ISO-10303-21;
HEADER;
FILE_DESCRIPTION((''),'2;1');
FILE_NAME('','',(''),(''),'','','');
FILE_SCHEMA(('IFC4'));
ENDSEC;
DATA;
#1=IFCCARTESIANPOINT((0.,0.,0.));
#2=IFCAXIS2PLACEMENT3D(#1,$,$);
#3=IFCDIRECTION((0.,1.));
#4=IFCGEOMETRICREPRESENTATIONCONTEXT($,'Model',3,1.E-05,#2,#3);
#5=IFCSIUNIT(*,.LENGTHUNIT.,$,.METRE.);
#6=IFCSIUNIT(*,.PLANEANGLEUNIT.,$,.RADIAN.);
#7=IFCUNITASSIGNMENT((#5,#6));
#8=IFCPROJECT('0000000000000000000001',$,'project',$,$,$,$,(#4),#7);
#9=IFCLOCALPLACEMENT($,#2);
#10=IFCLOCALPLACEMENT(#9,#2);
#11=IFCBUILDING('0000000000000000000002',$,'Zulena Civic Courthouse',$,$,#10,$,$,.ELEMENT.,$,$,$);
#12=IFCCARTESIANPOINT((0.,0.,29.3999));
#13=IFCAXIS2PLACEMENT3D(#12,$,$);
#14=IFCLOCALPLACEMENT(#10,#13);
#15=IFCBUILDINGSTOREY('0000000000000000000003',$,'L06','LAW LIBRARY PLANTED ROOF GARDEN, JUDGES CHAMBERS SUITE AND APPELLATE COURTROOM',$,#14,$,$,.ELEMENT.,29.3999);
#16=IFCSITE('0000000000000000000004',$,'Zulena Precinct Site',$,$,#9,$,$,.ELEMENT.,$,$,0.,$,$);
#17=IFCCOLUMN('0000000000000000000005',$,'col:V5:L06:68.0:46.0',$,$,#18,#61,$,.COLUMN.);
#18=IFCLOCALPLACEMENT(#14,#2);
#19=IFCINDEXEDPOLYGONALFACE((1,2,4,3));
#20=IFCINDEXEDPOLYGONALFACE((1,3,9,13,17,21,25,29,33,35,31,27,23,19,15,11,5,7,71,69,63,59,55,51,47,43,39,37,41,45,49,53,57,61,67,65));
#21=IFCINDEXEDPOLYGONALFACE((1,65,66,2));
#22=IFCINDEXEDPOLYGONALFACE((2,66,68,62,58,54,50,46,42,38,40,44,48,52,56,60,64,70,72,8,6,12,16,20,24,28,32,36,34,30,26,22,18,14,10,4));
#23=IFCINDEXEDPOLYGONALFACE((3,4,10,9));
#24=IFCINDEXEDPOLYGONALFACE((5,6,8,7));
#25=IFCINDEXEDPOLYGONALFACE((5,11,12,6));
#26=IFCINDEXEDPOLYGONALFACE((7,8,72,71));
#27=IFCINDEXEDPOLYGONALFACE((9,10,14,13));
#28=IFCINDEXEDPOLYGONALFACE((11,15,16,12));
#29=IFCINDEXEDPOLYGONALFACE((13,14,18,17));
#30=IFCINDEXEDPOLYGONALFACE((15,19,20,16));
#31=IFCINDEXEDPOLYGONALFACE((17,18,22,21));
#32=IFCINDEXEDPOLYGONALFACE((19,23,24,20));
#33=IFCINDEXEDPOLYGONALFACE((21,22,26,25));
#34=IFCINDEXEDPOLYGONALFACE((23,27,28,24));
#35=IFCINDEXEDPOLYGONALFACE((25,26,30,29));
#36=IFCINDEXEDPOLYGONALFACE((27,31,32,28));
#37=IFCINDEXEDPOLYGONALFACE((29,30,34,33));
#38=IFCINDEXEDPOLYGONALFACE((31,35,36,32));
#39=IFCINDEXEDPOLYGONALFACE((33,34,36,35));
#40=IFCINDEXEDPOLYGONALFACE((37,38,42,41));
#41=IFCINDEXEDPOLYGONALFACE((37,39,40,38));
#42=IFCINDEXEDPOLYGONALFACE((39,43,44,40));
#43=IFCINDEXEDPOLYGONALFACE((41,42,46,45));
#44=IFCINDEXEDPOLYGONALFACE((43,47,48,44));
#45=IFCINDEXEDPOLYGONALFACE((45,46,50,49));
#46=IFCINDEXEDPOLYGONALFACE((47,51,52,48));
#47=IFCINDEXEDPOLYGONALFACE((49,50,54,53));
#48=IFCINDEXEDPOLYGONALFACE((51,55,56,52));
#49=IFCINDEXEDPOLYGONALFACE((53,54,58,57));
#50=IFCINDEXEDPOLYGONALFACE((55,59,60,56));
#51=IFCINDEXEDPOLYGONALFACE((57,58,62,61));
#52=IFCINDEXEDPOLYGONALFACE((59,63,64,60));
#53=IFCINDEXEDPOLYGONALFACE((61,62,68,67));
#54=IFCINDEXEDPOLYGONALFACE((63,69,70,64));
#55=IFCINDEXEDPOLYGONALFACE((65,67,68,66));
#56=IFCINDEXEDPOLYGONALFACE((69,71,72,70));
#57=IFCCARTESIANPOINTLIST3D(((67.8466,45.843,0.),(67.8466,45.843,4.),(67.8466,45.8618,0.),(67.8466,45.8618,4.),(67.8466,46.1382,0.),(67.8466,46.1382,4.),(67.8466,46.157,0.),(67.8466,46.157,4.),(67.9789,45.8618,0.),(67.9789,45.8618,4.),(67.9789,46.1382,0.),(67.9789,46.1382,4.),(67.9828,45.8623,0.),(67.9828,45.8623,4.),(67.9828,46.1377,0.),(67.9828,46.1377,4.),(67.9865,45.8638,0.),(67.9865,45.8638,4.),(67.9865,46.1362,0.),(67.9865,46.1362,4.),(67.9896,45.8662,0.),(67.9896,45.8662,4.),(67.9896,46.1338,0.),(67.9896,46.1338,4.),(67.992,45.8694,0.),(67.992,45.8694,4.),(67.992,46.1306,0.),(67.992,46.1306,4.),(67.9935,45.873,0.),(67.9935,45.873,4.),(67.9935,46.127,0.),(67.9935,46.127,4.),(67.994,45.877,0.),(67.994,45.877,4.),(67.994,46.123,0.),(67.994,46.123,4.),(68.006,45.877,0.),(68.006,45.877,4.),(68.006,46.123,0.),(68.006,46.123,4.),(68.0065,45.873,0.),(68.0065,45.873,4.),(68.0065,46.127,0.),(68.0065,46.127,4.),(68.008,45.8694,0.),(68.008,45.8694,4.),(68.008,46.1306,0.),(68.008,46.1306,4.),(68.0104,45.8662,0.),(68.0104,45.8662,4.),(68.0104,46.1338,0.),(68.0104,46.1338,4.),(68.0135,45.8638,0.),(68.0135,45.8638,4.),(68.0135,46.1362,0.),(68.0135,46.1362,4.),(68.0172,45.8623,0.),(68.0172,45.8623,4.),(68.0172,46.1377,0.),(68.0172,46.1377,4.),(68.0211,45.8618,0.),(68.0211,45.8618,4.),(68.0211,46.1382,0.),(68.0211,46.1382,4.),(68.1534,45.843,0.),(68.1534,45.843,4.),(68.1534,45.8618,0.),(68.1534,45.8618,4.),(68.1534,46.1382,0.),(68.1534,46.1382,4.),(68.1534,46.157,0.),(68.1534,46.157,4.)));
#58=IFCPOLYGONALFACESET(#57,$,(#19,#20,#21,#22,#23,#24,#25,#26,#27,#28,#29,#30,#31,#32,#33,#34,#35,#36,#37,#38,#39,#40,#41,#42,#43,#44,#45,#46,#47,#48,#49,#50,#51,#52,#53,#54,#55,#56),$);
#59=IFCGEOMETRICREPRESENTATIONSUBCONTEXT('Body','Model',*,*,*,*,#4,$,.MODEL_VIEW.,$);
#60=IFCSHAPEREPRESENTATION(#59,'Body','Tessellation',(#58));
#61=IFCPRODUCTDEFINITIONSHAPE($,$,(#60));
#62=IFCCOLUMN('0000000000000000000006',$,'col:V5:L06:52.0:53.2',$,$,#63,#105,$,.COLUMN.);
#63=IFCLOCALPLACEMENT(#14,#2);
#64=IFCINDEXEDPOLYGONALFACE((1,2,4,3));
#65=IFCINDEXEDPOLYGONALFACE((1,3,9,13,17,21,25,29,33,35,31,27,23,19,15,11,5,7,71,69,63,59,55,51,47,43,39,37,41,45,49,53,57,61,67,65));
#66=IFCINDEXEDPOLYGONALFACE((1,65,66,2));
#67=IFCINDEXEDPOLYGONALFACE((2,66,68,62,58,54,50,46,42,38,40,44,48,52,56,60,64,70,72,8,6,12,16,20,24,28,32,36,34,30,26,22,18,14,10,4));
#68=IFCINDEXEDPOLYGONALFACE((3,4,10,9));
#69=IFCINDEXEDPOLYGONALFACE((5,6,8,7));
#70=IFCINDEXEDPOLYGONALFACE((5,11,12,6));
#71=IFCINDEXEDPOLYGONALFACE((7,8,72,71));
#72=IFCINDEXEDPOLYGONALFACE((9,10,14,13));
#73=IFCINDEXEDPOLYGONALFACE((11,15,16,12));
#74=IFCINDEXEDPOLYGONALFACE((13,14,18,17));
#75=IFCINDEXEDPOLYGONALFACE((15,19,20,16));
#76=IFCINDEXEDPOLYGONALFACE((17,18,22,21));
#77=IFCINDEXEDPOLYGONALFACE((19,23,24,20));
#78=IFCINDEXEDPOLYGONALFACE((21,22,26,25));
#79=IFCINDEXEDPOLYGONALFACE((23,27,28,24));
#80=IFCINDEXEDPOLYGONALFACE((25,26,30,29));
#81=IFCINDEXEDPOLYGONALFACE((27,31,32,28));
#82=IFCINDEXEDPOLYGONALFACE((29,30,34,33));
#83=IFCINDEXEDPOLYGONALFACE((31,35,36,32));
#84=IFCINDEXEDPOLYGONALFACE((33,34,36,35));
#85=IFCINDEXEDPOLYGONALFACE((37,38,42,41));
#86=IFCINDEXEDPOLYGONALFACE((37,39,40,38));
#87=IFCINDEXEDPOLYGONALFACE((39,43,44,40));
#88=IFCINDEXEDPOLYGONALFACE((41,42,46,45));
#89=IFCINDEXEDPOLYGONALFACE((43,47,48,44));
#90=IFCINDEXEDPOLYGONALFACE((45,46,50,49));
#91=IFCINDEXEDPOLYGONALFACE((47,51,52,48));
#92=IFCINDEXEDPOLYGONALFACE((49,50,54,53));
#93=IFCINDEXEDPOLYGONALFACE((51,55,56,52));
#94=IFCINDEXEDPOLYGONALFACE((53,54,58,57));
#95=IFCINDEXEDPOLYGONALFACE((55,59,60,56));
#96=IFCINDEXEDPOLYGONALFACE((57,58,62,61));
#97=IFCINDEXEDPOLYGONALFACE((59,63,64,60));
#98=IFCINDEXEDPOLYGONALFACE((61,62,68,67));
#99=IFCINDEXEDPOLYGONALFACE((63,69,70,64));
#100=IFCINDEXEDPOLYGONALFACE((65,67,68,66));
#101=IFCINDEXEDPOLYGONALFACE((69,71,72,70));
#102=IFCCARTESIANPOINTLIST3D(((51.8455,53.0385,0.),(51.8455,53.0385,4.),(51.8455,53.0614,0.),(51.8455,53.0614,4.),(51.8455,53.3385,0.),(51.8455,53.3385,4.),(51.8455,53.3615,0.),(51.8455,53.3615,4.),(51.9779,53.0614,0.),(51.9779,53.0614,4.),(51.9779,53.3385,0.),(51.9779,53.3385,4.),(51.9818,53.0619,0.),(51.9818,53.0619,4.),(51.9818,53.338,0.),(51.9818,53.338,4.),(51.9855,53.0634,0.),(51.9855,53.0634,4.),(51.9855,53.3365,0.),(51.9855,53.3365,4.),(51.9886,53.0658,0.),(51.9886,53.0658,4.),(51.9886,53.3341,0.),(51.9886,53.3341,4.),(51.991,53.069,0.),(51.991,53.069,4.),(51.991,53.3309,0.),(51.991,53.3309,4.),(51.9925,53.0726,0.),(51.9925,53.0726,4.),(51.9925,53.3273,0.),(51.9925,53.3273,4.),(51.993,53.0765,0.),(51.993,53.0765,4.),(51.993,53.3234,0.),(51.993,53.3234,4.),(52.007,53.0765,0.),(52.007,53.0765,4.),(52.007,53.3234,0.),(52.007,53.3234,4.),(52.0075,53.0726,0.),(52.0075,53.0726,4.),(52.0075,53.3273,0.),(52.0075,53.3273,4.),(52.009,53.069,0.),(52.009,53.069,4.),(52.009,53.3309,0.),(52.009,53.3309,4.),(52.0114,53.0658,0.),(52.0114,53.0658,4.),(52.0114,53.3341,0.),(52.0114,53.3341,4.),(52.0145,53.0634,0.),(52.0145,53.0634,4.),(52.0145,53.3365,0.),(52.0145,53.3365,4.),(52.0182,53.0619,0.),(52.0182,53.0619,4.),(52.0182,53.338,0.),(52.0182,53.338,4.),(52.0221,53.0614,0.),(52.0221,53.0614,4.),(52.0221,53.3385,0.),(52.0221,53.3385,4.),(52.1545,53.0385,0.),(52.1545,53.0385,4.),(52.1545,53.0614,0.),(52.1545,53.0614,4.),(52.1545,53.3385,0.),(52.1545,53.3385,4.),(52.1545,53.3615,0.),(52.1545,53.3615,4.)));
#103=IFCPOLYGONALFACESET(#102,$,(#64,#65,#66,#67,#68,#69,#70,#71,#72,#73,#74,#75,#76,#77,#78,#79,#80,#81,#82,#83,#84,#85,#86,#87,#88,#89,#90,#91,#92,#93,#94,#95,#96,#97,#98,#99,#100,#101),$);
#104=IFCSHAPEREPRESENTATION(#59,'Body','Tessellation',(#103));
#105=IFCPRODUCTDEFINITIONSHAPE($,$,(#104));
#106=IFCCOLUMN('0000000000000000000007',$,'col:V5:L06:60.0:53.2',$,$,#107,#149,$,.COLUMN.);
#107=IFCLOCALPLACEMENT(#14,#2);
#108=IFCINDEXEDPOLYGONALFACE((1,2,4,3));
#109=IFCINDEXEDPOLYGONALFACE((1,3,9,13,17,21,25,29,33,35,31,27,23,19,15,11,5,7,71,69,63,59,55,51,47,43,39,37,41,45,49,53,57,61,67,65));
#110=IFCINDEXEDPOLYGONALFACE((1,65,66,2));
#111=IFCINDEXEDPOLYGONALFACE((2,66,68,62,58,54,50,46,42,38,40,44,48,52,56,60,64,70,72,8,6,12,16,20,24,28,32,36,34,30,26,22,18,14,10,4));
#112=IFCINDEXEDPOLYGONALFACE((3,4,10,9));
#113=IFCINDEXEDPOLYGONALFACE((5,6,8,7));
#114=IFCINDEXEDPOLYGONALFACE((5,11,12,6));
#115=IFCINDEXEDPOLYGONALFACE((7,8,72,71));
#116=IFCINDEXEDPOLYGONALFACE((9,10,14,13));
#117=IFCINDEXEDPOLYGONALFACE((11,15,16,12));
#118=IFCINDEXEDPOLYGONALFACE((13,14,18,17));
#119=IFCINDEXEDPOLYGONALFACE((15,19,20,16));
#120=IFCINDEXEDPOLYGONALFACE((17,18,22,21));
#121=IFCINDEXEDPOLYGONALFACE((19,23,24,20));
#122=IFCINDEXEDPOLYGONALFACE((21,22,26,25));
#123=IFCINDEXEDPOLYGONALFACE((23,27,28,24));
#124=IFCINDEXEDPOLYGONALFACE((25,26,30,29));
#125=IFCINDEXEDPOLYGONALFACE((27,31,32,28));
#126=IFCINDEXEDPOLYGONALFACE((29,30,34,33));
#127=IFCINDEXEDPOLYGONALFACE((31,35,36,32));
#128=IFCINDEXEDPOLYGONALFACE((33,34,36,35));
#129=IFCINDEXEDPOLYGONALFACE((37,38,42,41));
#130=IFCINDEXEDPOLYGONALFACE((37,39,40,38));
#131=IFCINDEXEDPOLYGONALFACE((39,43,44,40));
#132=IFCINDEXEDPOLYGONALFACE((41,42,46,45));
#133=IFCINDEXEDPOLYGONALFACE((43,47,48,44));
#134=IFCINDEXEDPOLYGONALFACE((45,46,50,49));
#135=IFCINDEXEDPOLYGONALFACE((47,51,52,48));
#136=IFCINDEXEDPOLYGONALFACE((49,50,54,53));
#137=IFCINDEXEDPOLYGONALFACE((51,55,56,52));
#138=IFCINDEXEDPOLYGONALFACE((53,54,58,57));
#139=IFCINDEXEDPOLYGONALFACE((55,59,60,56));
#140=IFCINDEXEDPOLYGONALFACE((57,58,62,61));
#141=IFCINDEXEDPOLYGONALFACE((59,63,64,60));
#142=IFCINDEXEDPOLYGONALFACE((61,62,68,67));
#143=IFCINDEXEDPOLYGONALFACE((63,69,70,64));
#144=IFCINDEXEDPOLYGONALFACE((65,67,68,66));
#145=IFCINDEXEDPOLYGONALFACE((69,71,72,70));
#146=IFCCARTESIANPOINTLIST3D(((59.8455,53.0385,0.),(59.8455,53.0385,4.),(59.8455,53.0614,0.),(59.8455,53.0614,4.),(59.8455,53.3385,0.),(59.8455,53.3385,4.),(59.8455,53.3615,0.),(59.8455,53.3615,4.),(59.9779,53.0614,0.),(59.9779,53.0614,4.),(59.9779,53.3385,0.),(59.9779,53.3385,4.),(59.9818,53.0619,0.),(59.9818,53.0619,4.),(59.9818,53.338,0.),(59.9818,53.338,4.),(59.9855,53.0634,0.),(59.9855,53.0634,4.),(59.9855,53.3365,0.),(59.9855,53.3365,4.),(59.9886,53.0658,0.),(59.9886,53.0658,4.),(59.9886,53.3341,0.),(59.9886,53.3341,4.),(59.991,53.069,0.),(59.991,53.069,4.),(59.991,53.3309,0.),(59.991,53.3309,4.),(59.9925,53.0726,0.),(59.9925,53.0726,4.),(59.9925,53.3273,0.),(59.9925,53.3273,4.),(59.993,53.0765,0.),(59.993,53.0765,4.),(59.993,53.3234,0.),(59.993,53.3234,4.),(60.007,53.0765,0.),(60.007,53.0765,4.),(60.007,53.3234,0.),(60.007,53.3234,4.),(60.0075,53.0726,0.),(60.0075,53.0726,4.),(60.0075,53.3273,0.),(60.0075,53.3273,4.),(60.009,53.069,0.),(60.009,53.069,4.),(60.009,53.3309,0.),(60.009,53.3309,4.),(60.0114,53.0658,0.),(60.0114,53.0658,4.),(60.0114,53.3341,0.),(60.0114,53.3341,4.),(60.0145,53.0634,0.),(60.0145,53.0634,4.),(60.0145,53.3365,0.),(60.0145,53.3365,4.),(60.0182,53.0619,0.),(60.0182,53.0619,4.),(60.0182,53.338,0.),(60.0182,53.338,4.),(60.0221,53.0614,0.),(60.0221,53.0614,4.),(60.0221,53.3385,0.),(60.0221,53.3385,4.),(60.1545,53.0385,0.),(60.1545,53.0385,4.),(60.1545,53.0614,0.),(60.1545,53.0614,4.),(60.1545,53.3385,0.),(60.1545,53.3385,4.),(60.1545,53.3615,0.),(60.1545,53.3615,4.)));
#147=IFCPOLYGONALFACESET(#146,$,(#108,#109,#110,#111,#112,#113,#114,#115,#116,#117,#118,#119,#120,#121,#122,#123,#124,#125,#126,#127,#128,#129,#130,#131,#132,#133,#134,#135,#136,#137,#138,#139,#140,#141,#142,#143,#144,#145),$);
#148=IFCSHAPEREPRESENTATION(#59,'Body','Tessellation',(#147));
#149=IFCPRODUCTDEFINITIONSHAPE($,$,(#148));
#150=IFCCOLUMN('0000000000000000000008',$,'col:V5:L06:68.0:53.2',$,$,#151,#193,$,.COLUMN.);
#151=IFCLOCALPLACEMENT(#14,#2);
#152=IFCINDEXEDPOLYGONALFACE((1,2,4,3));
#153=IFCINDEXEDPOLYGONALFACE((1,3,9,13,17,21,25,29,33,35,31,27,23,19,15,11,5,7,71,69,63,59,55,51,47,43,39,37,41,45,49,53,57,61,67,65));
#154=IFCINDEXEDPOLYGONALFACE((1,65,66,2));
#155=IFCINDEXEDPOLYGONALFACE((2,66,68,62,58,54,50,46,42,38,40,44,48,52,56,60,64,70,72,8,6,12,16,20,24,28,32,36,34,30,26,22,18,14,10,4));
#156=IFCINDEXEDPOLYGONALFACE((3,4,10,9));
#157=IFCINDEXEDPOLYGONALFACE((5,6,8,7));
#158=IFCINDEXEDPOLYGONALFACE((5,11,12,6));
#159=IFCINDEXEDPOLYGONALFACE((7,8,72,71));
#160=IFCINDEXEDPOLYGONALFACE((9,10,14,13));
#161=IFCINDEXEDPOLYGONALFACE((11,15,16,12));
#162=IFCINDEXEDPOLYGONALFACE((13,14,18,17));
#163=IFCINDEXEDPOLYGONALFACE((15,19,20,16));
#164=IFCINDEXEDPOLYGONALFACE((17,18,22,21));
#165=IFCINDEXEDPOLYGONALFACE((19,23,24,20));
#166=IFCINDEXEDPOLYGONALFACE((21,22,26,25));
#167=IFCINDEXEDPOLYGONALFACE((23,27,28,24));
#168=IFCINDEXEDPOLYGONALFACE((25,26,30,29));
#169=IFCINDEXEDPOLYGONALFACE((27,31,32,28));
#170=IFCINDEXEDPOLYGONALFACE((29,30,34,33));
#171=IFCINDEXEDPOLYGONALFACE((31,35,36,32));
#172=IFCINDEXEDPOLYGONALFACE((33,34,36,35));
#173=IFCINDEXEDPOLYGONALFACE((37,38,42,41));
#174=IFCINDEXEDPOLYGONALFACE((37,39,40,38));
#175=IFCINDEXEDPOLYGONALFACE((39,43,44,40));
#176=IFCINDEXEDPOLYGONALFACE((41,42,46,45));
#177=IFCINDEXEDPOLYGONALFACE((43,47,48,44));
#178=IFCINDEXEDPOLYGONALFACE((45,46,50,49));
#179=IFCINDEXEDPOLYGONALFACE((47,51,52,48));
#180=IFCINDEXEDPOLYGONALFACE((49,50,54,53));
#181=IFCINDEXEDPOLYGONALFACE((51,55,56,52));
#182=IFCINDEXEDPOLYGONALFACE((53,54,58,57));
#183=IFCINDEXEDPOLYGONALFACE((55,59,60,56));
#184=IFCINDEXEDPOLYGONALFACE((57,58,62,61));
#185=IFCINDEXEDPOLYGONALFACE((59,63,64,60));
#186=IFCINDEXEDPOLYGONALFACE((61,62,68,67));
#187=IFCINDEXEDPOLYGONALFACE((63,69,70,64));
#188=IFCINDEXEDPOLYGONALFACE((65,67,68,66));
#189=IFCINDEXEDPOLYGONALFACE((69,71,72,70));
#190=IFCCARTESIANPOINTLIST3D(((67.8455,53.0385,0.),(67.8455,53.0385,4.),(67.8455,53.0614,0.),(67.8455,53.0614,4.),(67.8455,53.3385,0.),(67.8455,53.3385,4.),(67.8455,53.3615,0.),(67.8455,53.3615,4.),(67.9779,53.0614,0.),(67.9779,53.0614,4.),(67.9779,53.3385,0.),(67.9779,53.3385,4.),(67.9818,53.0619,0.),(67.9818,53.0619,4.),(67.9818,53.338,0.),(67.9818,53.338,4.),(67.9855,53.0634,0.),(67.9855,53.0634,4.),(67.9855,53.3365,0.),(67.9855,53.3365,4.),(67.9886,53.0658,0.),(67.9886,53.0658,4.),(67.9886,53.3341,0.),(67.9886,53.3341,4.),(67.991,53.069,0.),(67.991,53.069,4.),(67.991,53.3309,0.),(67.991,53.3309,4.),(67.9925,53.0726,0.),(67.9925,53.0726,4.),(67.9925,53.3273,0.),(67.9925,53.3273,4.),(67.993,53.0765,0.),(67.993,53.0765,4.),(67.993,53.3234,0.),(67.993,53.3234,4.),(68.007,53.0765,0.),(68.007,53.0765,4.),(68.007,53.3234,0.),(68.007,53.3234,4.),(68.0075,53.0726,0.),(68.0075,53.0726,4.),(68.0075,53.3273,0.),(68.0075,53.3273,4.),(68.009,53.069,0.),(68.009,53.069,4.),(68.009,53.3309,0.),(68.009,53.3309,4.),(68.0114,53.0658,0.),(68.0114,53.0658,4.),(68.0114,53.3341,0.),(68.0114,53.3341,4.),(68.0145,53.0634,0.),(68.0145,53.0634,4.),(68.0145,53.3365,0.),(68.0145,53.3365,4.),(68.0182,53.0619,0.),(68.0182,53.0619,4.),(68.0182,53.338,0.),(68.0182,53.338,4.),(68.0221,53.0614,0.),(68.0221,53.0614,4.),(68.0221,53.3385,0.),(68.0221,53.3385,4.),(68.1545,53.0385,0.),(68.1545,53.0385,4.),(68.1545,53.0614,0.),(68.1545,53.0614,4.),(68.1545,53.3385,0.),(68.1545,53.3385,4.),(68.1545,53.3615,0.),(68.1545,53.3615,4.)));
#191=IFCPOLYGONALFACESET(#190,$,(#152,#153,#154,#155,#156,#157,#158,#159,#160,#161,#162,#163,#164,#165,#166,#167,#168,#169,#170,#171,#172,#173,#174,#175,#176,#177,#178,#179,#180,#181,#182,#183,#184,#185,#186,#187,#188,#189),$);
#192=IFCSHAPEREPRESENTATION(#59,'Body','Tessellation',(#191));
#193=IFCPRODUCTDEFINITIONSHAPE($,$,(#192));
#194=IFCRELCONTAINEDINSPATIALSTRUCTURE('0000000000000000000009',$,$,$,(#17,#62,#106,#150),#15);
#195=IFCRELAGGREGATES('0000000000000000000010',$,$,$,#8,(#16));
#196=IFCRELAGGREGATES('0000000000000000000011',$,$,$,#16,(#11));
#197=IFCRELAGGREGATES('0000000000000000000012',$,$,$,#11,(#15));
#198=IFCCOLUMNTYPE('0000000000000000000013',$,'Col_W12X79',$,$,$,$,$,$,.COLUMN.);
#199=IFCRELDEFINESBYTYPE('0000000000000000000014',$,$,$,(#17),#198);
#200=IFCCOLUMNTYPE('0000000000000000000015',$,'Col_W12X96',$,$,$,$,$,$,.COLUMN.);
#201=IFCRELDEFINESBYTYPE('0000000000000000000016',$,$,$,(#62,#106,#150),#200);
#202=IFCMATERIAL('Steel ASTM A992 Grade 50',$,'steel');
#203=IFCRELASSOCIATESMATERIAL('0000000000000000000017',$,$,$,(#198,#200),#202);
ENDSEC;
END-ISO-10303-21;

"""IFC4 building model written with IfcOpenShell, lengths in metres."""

from ifc_helpers import new_model, si_unit, direction, frame, origin, origin_2d, place, context, subcontext, project, spatial, i_section, extrude, material, material_profile, profile_set, type_object, element, save


model = new_model("IFC4")

# Units and contexts
model_context = context("Model", 3, precision=1e-05, world=origin(), true_north=direction((0.0, 1.0)))
body_context = subcontext(model_context, "Body", "Model", "MODEL_VIEW")
ifc_project = project(units=[si_unit("LENGTHUNIT", "METRE"), si_unit("PLANEANGLEUNIT", "RADIAN")], contexts=[model_context])

# Site, building, storey
site_placement = place(None, origin())
site = spatial("IfcSite", under=ifc_project, at=site_placement, Name="Zulena Precinct Site", CompositionType="ELEMENT", RefElevation=0.0)
building_placement = place(site_placement, origin())
building = spatial("IfcBuilding", under=site, at=building_placement, Name="Zulena Civic Courthouse", CompositionType="ELEMENT")
storey_placement = place(building_placement, frame((0.0, 0.0, 29.3999)))
storey = spatial("IfcBuildingStorey", under=building, at=storey_placement, Name="L06", Description="LAW LIBRARY PLANTED ROOF GARDEN, JUDGES CHAMBERS SUITE AND APPELLATE COURTROOM", CompositionType="ELEMENT", Elevation=29.3999)

# Columns
ifc_material_1 = material(Name="Steel ASTM A992 Grade 50", Category="steel")
ifc_material_profile_1 = material_profile(ifc_material_1, i_section(OverallWidth=0.3069, OverallDepth=0.314, WebThickness=0.012, FlangeThickness=0.0188, FilletRadius=0.0151, at=origin_2d()), Name="W12X79")
ifc_profile_set_1 = profile_set([ifc_material_profile_1], Name="Steel ASTM A992 Grade 50")
column_type_1 = type_object("IfcColumnType", Name="Col_W12X79", PredefinedType="COLUMN", material=ifc_profile_set_1)
column_placement = place(storey_placement, frame((68.0, 46.0, 0.0), z_axis=(0.0, 0.0, 1.0), x_axis=(1.0, 0.0, 0.0)))
element("IfcColumn", 1, at=column_placement, inside=storey, type_object=column_type_1, Name="col:V5:L06:68.0:46.0", PredefinedType="COLUMN", context=body_context, shape_type="SweptSolid", body=[
    extrude(i_section(OverallWidth=0.3069, OverallDepth=0.314, WebThickness=0.012, FlangeThickness=0.0188, FilletRadius=0.0151, at=origin_2d()), origin(), (0.0, 0.0, 1.0), 4.0),
])
ifc_material_profile_2 = material_profile(ifc_material_1, i_section(OverallWidth=0.3091, OverallDepth=0.323, WebThickness=0.0139, FlangeThickness=0.0229, FilletRadius=0.0151, at=origin_2d()), Name="W12X96")
ifc_profile_set_2 = profile_set([ifc_material_profile_2], Name="Steel ASTM A992 Grade 50")
column_type_2 = type_object("IfcColumnType", Name="Col_W12X96", PredefinedType="COLUMN", material=ifc_profile_set_2)
for number, where, z_axis, x_axis, name in (
    (2, (52.0, 53.2, 0.0), (0.0, 0.0, 1.0), (1.0, 0.0, 0.0), "col:V5:L06:52.0:53.2"),
    (3, (60.0, 53.2, 0.0), (0.0, 0.0, 1.0), (1.0, 0.0, 0.0), "col:V5:L06:60.0:53.2"),
    (4, (68.0, 53.2, 0.0), (0.0, 0.0, 1.0), (1.0, 0.0, 0.0), "col:V5:L06:68.0:53.2"),
):
    element("IfcColumn", number, at=place(storey_placement, frame(where, z_axis=z_axis, x_axis=x_axis)), inside=storey, type_object=column_type_2, Name=name, PredefinedType="COLUMN", context=body_context, shape_type="SweptSolid", body=[
        extrude(i_section(OverallWidth=0.3091, OverallDepth=0.323, WebThickness=0.0139, FlangeThickness=0.0229, FilletRadius=0.0151, at=origin_2d()), origin(), (0.0, 0.0, 1.0), 4.0),
    ])

save(model, "model.ifc")
